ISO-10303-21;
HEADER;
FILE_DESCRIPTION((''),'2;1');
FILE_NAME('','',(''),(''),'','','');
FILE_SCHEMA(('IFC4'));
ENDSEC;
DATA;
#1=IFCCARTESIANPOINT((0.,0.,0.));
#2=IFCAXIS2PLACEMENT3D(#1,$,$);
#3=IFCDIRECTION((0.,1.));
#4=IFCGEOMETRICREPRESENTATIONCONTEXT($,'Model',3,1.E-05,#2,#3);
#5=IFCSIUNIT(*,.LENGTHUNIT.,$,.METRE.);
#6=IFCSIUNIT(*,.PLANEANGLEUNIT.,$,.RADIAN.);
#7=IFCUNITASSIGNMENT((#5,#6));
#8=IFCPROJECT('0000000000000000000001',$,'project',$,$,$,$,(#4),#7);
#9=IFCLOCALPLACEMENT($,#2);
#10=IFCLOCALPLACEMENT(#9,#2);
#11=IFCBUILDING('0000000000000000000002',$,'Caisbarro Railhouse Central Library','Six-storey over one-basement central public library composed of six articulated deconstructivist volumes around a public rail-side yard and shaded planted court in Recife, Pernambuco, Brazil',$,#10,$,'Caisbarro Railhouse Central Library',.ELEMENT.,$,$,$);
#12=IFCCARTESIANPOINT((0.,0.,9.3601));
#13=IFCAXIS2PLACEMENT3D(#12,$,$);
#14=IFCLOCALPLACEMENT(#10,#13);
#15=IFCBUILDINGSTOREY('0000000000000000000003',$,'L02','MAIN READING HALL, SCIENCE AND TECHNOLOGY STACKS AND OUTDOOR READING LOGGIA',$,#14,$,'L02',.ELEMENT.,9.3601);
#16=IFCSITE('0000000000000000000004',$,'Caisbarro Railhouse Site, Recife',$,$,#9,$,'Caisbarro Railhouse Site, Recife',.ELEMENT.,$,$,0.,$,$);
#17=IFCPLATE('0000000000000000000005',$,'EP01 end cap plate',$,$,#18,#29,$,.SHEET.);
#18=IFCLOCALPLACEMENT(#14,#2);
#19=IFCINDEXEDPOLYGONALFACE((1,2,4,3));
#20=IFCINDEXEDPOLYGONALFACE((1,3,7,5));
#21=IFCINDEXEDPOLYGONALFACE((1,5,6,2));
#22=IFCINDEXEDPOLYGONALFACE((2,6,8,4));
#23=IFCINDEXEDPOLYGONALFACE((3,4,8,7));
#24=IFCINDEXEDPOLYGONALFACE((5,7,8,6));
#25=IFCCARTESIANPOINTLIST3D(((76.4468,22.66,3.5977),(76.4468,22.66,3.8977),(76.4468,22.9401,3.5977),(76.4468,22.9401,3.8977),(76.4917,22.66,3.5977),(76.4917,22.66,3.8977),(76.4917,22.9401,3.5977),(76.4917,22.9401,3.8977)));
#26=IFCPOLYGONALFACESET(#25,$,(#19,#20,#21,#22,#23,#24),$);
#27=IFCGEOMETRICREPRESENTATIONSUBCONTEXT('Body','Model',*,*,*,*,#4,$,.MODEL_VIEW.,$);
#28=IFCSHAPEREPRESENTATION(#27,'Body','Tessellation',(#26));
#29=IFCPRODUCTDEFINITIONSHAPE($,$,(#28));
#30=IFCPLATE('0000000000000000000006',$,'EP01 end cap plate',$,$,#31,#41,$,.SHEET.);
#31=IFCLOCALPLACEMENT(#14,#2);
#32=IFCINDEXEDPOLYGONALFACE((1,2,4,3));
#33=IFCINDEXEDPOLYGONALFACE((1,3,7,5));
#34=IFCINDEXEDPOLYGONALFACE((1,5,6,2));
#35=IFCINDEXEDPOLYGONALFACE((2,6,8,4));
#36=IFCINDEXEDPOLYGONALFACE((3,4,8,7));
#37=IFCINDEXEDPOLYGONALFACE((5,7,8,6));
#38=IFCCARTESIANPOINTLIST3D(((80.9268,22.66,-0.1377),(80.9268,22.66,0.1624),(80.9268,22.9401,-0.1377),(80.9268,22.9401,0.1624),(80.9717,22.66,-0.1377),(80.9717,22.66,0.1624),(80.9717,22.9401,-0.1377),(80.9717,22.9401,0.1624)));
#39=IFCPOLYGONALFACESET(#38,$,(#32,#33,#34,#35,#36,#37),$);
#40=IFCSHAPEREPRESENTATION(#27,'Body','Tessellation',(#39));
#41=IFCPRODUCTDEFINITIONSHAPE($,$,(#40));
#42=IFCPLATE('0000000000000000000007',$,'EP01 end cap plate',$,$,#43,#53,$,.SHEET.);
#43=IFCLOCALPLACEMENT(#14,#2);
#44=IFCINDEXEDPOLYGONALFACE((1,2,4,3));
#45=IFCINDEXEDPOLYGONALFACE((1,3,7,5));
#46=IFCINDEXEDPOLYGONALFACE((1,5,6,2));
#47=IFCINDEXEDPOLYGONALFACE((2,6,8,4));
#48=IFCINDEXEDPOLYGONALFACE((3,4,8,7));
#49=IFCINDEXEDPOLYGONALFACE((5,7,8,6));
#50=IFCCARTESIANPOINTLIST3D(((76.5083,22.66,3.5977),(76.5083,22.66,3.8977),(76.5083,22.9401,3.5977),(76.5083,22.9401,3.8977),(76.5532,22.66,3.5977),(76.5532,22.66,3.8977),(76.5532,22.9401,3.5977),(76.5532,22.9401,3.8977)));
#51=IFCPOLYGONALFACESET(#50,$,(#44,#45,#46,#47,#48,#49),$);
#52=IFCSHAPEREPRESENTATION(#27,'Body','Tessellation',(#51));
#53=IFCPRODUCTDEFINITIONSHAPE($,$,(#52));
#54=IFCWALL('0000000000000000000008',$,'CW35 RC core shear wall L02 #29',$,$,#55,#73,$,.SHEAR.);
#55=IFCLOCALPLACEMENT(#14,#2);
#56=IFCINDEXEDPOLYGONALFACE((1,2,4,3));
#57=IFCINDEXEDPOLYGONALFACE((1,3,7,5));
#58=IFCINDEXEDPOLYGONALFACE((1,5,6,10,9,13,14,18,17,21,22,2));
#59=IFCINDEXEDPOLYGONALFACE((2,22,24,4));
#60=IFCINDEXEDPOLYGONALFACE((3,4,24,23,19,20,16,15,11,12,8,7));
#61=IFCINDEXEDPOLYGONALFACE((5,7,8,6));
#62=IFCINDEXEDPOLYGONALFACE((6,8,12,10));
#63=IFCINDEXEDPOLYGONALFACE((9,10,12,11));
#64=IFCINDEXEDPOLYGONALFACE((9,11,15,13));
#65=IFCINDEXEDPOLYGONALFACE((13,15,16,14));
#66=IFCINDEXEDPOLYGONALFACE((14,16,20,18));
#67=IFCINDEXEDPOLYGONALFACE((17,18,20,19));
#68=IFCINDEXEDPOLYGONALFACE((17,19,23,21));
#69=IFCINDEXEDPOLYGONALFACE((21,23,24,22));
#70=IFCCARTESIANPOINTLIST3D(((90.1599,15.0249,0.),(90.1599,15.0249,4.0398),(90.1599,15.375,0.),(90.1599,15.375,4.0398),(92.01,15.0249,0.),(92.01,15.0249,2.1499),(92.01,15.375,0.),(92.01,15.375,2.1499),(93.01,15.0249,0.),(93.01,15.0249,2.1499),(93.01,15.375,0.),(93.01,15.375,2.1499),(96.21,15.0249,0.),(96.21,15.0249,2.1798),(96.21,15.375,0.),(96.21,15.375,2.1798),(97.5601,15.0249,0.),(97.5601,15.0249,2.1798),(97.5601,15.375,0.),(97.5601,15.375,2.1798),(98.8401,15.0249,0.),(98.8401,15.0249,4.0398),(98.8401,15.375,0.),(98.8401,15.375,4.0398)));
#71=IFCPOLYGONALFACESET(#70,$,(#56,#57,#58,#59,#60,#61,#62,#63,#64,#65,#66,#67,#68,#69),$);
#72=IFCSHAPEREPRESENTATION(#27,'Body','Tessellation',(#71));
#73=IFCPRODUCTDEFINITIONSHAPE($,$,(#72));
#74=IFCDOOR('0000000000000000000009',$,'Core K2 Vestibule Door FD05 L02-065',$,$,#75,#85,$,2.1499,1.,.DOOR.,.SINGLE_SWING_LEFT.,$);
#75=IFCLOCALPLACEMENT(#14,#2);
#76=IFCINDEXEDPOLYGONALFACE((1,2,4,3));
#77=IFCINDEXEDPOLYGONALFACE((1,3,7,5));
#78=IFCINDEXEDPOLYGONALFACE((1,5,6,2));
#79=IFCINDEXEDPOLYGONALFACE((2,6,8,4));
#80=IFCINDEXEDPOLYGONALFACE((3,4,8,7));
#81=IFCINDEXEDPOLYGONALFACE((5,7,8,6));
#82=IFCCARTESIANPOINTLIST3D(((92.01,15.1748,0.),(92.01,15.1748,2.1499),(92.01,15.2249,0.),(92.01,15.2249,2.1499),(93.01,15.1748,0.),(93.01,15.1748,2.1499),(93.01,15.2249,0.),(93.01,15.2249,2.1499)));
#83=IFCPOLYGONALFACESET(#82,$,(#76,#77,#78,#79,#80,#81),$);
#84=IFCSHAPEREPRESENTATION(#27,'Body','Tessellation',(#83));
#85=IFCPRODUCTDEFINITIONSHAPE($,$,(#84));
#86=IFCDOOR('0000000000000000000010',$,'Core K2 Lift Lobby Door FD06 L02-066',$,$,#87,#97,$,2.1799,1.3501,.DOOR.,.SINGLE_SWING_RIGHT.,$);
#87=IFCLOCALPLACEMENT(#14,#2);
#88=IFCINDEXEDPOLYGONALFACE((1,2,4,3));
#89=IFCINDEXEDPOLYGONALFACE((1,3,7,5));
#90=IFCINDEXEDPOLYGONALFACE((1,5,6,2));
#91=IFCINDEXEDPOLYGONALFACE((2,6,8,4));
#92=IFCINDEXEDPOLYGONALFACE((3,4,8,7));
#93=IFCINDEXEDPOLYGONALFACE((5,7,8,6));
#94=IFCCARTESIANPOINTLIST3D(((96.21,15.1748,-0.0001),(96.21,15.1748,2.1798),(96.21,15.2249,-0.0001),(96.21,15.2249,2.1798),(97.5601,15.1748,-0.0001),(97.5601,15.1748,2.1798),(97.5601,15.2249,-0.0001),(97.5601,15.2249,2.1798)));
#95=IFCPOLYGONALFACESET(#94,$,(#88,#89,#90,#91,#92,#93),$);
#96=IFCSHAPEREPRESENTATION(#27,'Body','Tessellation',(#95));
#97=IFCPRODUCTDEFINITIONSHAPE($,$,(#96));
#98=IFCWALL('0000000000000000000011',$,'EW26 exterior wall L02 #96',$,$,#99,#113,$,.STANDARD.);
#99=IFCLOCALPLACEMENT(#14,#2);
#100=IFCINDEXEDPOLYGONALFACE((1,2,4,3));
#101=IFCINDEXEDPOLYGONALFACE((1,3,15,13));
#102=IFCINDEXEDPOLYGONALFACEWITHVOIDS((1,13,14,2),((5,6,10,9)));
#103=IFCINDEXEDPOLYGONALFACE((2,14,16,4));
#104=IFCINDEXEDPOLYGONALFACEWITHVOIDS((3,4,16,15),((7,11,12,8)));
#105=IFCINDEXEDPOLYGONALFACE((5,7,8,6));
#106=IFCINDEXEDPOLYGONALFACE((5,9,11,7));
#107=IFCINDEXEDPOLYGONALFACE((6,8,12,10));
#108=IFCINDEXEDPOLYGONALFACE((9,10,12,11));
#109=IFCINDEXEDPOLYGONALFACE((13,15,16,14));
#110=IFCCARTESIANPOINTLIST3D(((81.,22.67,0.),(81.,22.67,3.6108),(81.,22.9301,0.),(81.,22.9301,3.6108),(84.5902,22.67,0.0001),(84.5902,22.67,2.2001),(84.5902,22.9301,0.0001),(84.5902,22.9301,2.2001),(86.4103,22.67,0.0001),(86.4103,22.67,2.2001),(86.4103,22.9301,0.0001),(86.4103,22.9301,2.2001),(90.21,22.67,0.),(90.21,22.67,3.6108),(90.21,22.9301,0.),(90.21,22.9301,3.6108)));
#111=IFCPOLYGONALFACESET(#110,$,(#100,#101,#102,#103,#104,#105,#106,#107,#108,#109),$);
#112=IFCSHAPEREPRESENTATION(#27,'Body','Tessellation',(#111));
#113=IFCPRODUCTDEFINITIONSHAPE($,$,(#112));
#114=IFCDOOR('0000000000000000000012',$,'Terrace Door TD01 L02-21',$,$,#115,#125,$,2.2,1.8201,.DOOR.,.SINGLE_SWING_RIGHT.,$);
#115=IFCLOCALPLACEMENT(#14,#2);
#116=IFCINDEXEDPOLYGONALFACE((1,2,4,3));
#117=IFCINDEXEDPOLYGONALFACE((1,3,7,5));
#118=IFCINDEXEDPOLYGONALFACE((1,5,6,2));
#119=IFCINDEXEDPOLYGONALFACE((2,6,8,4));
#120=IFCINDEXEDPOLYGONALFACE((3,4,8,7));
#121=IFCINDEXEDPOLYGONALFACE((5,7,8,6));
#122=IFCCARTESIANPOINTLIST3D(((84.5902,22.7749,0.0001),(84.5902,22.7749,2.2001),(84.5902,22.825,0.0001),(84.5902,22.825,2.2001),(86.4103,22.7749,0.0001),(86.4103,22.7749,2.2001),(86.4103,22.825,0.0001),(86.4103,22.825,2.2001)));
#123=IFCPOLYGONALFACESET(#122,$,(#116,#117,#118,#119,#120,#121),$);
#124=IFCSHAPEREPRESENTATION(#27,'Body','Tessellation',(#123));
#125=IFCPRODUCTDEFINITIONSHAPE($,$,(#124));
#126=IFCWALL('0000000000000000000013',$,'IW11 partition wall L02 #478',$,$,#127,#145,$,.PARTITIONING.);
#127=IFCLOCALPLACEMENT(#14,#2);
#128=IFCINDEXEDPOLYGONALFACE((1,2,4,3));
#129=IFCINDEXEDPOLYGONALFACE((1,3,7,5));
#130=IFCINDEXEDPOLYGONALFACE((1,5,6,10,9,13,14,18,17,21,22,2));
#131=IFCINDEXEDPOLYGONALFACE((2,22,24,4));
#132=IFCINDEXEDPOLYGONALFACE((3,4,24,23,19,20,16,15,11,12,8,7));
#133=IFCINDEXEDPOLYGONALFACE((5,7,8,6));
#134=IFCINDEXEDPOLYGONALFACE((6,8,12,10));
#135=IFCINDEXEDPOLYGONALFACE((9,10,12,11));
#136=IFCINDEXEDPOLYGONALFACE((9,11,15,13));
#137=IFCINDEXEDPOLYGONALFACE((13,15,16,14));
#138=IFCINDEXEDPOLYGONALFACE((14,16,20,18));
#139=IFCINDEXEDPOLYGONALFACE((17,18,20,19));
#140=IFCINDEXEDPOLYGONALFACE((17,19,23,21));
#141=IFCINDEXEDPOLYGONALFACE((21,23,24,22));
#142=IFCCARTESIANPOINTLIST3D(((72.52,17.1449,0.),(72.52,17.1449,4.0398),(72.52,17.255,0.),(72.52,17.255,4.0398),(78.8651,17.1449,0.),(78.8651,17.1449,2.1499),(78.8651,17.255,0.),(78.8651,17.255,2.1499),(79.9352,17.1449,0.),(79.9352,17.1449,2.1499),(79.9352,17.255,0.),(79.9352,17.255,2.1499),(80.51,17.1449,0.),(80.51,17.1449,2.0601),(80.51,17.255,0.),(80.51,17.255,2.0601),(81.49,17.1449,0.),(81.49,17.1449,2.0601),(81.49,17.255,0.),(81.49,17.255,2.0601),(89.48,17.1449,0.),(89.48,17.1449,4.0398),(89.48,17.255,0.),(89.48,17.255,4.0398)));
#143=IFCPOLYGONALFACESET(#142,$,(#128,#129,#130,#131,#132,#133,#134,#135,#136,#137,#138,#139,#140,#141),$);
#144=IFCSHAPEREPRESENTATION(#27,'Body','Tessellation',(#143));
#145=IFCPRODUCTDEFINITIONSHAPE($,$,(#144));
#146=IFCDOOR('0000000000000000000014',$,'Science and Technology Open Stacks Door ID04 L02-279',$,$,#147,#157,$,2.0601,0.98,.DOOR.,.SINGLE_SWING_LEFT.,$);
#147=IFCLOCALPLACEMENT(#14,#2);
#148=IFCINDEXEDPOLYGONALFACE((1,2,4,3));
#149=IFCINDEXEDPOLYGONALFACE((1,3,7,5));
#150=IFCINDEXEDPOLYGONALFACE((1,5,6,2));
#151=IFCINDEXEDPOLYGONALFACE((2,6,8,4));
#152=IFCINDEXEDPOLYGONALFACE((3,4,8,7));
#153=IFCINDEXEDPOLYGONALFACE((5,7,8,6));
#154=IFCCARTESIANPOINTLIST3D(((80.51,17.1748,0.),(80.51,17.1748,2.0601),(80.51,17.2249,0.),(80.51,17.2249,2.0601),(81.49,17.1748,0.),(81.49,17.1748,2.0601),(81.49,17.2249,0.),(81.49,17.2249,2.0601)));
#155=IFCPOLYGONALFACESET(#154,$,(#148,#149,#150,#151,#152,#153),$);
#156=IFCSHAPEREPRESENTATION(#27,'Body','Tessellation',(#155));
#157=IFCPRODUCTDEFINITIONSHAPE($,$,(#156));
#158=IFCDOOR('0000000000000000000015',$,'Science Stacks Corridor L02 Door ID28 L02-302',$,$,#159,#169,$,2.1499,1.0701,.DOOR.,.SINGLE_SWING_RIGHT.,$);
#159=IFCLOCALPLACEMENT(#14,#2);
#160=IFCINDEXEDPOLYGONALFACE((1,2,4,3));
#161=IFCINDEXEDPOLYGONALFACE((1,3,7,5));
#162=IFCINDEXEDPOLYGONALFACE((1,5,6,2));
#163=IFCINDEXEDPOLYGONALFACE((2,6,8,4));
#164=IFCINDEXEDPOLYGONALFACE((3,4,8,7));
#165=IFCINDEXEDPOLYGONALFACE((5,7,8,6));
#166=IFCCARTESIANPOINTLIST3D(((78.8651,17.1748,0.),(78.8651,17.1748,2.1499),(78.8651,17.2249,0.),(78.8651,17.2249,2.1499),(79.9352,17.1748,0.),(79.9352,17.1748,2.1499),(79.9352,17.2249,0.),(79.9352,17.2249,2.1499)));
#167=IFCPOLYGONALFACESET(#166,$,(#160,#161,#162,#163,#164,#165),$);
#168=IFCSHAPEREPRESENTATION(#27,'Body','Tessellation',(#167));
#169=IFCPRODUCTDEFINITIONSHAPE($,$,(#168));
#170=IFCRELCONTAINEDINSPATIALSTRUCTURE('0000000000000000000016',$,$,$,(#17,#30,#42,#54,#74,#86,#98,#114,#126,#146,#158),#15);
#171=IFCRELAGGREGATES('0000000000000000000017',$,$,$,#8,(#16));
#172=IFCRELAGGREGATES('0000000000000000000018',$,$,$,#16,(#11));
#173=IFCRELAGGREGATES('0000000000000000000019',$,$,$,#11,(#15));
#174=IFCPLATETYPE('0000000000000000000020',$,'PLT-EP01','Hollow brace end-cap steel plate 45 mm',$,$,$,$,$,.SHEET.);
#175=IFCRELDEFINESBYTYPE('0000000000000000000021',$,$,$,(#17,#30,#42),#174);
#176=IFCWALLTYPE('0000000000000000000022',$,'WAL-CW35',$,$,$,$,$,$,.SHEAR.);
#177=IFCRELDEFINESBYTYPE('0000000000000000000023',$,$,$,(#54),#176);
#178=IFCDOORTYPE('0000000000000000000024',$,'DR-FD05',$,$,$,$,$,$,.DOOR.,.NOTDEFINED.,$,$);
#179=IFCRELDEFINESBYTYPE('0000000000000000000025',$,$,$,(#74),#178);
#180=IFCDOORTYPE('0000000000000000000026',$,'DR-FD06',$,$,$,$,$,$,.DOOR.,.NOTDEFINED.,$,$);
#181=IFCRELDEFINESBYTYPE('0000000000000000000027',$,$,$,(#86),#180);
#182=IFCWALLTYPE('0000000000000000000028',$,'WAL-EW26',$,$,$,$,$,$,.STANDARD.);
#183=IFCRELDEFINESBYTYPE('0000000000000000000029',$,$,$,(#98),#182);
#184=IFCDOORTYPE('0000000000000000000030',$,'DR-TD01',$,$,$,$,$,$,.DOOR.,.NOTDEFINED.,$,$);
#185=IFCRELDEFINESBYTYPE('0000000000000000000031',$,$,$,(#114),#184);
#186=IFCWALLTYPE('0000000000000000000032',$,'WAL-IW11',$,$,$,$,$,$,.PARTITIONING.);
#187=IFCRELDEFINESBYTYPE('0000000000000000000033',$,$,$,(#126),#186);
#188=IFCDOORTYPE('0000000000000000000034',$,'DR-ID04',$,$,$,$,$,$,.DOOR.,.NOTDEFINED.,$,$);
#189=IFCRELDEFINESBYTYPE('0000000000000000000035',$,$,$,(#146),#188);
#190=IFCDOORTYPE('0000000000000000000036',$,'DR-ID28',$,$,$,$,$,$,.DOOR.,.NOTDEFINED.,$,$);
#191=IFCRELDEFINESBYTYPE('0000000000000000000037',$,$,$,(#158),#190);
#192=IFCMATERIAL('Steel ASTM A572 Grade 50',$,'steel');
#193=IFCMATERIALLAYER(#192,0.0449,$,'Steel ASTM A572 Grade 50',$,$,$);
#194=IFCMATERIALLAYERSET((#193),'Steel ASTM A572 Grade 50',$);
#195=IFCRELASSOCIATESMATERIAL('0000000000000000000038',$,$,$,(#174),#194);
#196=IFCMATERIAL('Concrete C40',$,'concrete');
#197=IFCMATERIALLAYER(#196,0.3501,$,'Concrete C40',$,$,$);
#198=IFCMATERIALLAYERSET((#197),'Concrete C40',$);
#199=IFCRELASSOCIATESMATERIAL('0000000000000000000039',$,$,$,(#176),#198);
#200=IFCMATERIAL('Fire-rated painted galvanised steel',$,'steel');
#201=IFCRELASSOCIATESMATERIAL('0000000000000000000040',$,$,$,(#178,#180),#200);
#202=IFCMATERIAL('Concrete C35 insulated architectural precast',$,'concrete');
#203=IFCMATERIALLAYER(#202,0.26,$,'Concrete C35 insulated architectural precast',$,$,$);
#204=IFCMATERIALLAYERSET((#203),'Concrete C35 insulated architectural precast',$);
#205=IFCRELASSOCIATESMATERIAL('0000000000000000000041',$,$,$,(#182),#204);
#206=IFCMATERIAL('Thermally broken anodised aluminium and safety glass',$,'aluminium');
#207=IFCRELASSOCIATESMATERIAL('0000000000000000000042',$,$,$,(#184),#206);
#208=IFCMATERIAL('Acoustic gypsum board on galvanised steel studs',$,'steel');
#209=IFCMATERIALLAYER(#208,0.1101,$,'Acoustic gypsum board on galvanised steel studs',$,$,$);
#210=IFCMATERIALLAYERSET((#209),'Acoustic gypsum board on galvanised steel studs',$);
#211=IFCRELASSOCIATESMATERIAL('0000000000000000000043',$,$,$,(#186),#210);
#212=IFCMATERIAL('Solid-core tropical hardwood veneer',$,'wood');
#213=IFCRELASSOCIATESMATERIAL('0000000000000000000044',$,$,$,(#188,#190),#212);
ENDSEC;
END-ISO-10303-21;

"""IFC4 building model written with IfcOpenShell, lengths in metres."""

from ifc_helpers import new_model, si_unit, direction, frame, frame_2d, origin, origin_2d, place, context, subcontext, project, spatial, rectangle, extrude, material, layer, layer_set, type_object, element, fill, save


model = new_model("IFC4")

# Units and contexts
model_context = context("Model", 3, precision=1e-05, world=origin(), true_north=direction((0.0, 1.0)))
body_context = subcontext(model_context, "Body", "Model", "MODEL_VIEW")
ifc_project = project(units=[si_unit("LENGTHUNIT", "METRE"), si_unit("PLANEANGLEUNIT", "RADIAN")], contexts=[model_context])

# Site, building, storey
site_placement = place(None, origin())
site = spatial("IfcSite", under=ifc_project, at=site_placement, Name="Caisbarro Railhouse Site, Recife", LongName="Caisbarro Railhouse Site, Recife", CompositionType="ELEMENT", RefElevation=0.0)
building_placement = place(site_placement, origin())
building = spatial("IfcBuilding", under=site, at=building_placement, Name="Caisbarro Railhouse Central Library", Description="Six-storey over one-basement central public library composed of six articulated deconstructivist volumes around a public rail-side yard and shaded planted court in Recife, Pernambuco, Brazil", LongName="Caisbarro Railhouse Central Library", CompositionType="ELEMENT")
storey_placement = place(building_placement, frame((0.0, 0.0, 9.3601)))
storey = spatial("IfcBuildingStorey", under=building, at=storey_placement, Name="L02", Description="MAIN READING HALL, SCIENCE AND TECHNOLOGY STACKS AND OUTDOOR READING LOGGIA", LongName="L02", CompositionType="ELEMENT", Elevation=9.3601)

# Shared definitions
ifc_material_1 = material(Name="Steel ASTM A572 Grade 50", Category="steel")

# Plates
ifc_layer_1 = layer(ifc_material_1, 0.0449, Name="Steel ASTM A572 Grade 50")
ifc_layer_set_1 = layer_set([ifc_layer_1], Name="Steel ASTM A572 Grade 50")
plate_type_1 = type_object("IfcPlateType", Name="PLT-EP01", Description="Hollow brace end-cap steel plate 45 mm", PredefinedType="SHEET", material=ifc_layer_set_1)
for number, where, z_axis, x_axis, name in (
    (1, (76.4692, 22.8, 3.5977), (0.0, 0.0, 1.0), (1.0, 0.0, 0.0), "EP01 end cap plate"),
    (2, (80.9492, 22.8, -0.1377), (0.0, 0.0, 1.0), (-1.0, 0.0, 0.0), "EP01 end cap plate"),
    (3, (76.5308, 22.8, 3.5977), (0.0, 0.0, 1.0), (-1.0, 0.0, 0.0), "EP01 end cap plate"),
):
    element("IfcPlate", number, at=place(storey_placement, frame(where, z_axis=z_axis, x_axis=x_axis)), inside=storey, type_object=plate_type_1, Name=name, PredefinedType="SHEET", context=body_context, shape_type="SweptSolid", body=[
        extrude(rectangle(XDim=0.0449, YDim=0.28, at=origin_2d()), origin(), (0.0, 0.0, 1.0), 0.3),
    ])

# Wall, openings, doors
ifc_material_2 = material(Name="Concrete C40", Category="concrete")
ifc_layer_2 = layer(ifc_material_2, 0.3501, Name="Concrete C40")
ifc_layer_set_2 = layer_set([ifc_layer_2], Name="Concrete C40")
wall_type_1 = type_object("IfcWallType", Name="WAL-CW35", PredefinedType="SHEAR", material=ifc_layer_set_2)
wall_1_placement = place(storey_placement, frame((90.1599, 15.2, 0.0), z_axis=(0.0, 0.0, 1.0), x_axis=(1.0, 0.0, 0.0)))
wall_1 = element("IfcWall", 4, at=wall_1_placement, inside=storey, type_object=wall_type_1, Name="CW35 RC core shear wall L02 #29", PredefinedType="SHEAR", context=body_context, shape_type="SweptSolid", body=[
    extrude(rectangle(XDim=8.6802, YDim=0.3501, at=frame_2d((4.3401, 0.0))), origin(), (0.0, 0.0, 1.0), 4.0398),
])
opening_1_placement = place(wall_1_placement, frame((1.8501, 0.0, 0.0)))
opening_1 = element("IfcOpeningElement", 5, at=opening_1_placement, cuts=wall_1, PredefinedType="OPENING", context=body_context, shape_type="SweptSolid", body=[
    extrude(rectangle(XDim=1.0, YDim=2.1499, at=frame_2d((0.5, 1.075))), frame((0.0, 0.1851, 0.0), z_axis=(0.0, -1.0, 0.0), x_axis=(1.0, 0.0, 0.0)), (0.0, 0.0, 1.0), 0.3701),
])
opening_2_placement = place(wall_1_placement, frame((6.05, 0.0, 0.0)))
opening_2 = element("IfcOpeningElement", 6, at=opening_2_placement, cuts=wall_1, PredefinedType="OPENING", context=body_context, shape_type="SweptSolid", body=[
    extrude(rectangle(XDim=1.3501, YDim=2.1799, at=frame_2d((0.675, 1.0898))), frame((0.0, 0.1851, 0.0), z_axis=(0.0, -1.0, 0.0), x_axis=(1.0, 0.0, 0.0)), (0.0, 0.0, 1.0), 0.3701),
])
ifc_material_3 = material(Name="Fire-rated painted galvanised steel", Category="steel")
door_type_1 = type_object("IfcDoorType", Name="DR-FD05", OperationType="NOTDEFINED", PredefinedType="DOOR", material=ifc_material_3)
door_1_placement = place(opening_1_placement, origin())
door_1 = element("IfcDoor", 7, at=door_1_placement, inside=storey, type_object=door_type_1, Name="Core K2 Vestibule Door FD05 L02-065", OperationType="SINGLE_SWING_LEFT", OverallHeight=2.1499, OverallWidth=1.0, PredefinedType="DOOR", context=body_context, shape_type="SweptSolid", body=[
    extrude(rectangle(XDim=1.0, YDim=2.1499, at=frame_2d((0.5, 1.075))), frame((0.0, 0.0249, 0.0), z_axis=(0.0, -1.0, 0.0), x_axis=(1.0, 0.0, 0.0)), (0.0, 0.0, 1.0), 0.05),
])
fill(opening_1, door_1)
door_type_2 = type_object("IfcDoorType", Name="DR-FD06", OperationType="NOTDEFINED", PredefinedType="DOOR", material=ifc_material_3)
door_2_placement = place(opening_2_placement, origin())
door_2 = element("IfcDoor", 8, at=door_2_placement, inside=storey, type_object=door_type_2, Name="Core K2 Lift Lobby Door FD06 L02-066", OperationType="SINGLE_SWING_RIGHT", OverallHeight=2.1799, OverallWidth=1.3501, PredefinedType="DOOR", context=body_context, shape_type="SweptSolid", body=[
    extrude(rectangle(XDim=1.3501, YDim=2.1799, at=frame_2d((0.675, 1.0898))), frame((0.0, 0.0249, 0.0), z_axis=(0.0, -1.0, 0.0), x_axis=(1.0, 0.0, 0.0)), (0.0, 0.0, 1.0), 0.05),
])
fill(opening_2, door_2)

# Wall, opening, door
ifc_material_4 = material(Name="Concrete C35 insulated architectural precast", Category="concrete")
ifc_layer_3 = layer(ifc_material_4, 0.26, Name="Concrete C35 insulated architectural precast")
ifc_layer_set_3 = layer_set([ifc_layer_3], Name="Concrete C35 insulated architectural precast")
wall_type_2 = type_object("IfcWallType", Name="WAL-EW26", PredefinedType="STANDARD", material=ifc_layer_set_3)
wall_2_placement = place(storey_placement, frame((81.0, 22.8, 0.0), z_axis=(0.0, 0.0, 1.0), x_axis=(1.0, 0.0, 0.0)))
wall_2 = element("IfcWall", 9, at=wall_2_placement, inside=storey, type_object=wall_type_2, Name="EW26 exterior wall L02 #96", PredefinedType="STANDARD", context=body_context, shape_type="SweptSolid", body=[
    extrude(rectangle(XDim=9.21, YDim=0.26, at=frame_2d((4.605, 0.0))), origin(), (0.0, 0.0, 1.0), 3.6108),
])
opening_3_placement = place(wall_2_placement, frame((3.5901, 0.0, 0.0)))
opening_3 = element("IfcOpeningElement", 10, at=opening_3_placement, cuts=wall_2, PredefinedType="OPENING", context=body_context, shape_type="SweptSolid", body=[
    extrude(rectangle(XDim=1.8201, YDim=2.2, at=frame_2d((0.9102, 1.1001))), frame((0.0, 0.1401, 0.0), z_axis=(0.0, -1.0, 0.0), x_axis=(1.0, 0.0, 0.0)), (0.0, 0.0, 1.0), 0.28),
])
ifc_material_5 = material(Name="Thermally broken anodised aluminium and safety glass", Category="aluminium")
door_type_3 = type_object("IfcDoorType", Name="DR-TD01", OperationType="NOTDEFINED", PredefinedType="DOOR", material=ifc_material_5)
door_3_placement = place(opening_3_placement, origin())
door_3 = element("IfcDoor", 11, at=door_3_placement, inside=storey, type_object=door_type_3, Name="Terrace Door TD01 L02-21", OperationType="SINGLE_SWING_RIGHT", OverallHeight=2.2, OverallWidth=1.8201, PredefinedType="DOOR", context=body_context, shape_type="SweptSolid", body=[
    extrude(rectangle(XDim=1.8201, YDim=2.2, at=frame_2d((0.9102, 1.1001))), frame((0.0, 0.0249, 0.0), z_axis=(0.0, -1.0, 0.0), x_axis=(1.0, 0.0, 0.0)), (0.0, 0.0, 1.0), 0.05),
])
fill(opening_3, door_3)

# Wall, openings, doors
ifc_material_6 = material(Name="Acoustic gypsum board on galvanised steel studs", Category="steel")
ifc_layer_4 = layer(ifc_material_6, 0.1101, Name="Acoustic gypsum board on galvanised steel studs")
ifc_layer_set_4 = layer_set([ifc_layer_4], Name="Acoustic gypsum board on galvanised steel studs")
wall_type_3 = type_object("IfcWallType", Name="WAL-IW11", PredefinedType="PARTITIONING", material=ifc_layer_set_4)
wall_3_placement = place(storey_placement, frame((72.52, 17.2, 0.0), z_axis=(0.0, 0.0, 1.0), x_axis=(1.0, 0.0, 0.0)))
wall_3 = element("IfcWall", 12, at=wall_3_placement, inside=storey, type_object=wall_type_3, Name="IW11 partition wall L02 #478", PredefinedType="PARTITIONING", context=body_context, shape_type="SweptSolid", body=[
    extrude(rectangle(XDim=16.96, YDim=0.1101, at=frame_2d((8.48, 0.0))), origin(), (0.0, 0.0, 1.0), 4.0398),
])
opening_4_placement = place(wall_3_placement, frame((7.99, 0.0, 0.0)))
opening_4 = element("IfcOpeningElement", 13, at=opening_4_placement, cuts=wall_3, PredefinedType="OPENING", context=body_context, shape_type="SweptSolid", body=[
    extrude(rectangle(XDim=0.98, YDim=2.0601, at=frame_2d((0.49, 1.03))), frame((0.0, 0.0649, 0.0), z_axis=(0.0, -1.0, 0.0), x_axis=(1.0, 0.0, 0.0)), (0.0, 0.0, 1.0), 0.1301),
])
opening_5_placement = place(wall_3_placement, frame((6.345, 0.0, 0.0)))
opening_5 = element("IfcOpeningElement", 14, at=opening_5_placement, cuts=wall_3, PredefinedType="OPENING", context=body_context, shape_type="SweptSolid", body=[
    extrude(rectangle(XDim=1.0701, YDim=2.1499, at=frame_2d((0.5352, 1.075))), frame((0.0, 0.0649, 0.0), z_axis=(0.0, -1.0, 0.0), x_axis=(1.0, 0.0, 0.0)), (0.0, 0.0, 1.0), 0.1301),
])
ifc_material_7 = material(Name="Solid-core tropical hardwood veneer", Category="wood")
door_type_4 = type_object("IfcDoorType", Name="DR-ID04", OperationType="NOTDEFINED", PredefinedType="DOOR", material=ifc_material_7)
door_4_placement = place(opening_4_placement, origin())
door_4 = element("IfcDoor", 15, at=door_4_placement, inside=storey, type_object=door_type_4, Name="Science and Technology Open Stacks Door ID04 L02-279", OperationType="SINGLE_SWING_LEFT", OverallHeight=2.0601, OverallWidth=0.98, PredefinedType="DOOR", context=body_context, shape_type="SweptSolid", body=[
    extrude(rectangle(XDim=0.98, YDim=2.0601, at=frame_2d((0.49, 1.03))), frame((0.0, 0.0249, 0.0), z_axis=(0.0, -1.0, 0.0), x_axis=(1.0, 0.0, 0.0)), (0.0, 0.0, 1.0), 0.05),
])
fill(opening_4, door_4)
door_type_5 = type_object("IfcDoorType", Name="DR-ID28", OperationType="NOTDEFINED", PredefinedType="DOOR", material=ifc_material_7)
door_5_placement = place(opening_5_placement, origin())
door_5 = element("IfcDoor", 16, at=door_5_placement, inside=storey, type_object=door_type_5, Name="Science Stacks Corridor L02 Door ID28 L02-302", OperationType="SINGLE_SWING_RIGHT", OverallHeight=2.1499, OverallWidth=1.0701, PredefinedType="DOOR", context=body_context, shape_type="SweptSolid", body=[
    extrude(rectangle(XDim=1.0701, YDim=2.1499, at=frame_2d((0.5352, 1.075))), frame((0.0, 0.0249, 0.0), z_axis=(0.0, -1.0, 0.0), x_axis=(1.0, 0.0, 0.0)), (0.0, 0.0, 1.0), 0.05),
])
fill(opening_5, door_5)

save(model, "model.ifc")
